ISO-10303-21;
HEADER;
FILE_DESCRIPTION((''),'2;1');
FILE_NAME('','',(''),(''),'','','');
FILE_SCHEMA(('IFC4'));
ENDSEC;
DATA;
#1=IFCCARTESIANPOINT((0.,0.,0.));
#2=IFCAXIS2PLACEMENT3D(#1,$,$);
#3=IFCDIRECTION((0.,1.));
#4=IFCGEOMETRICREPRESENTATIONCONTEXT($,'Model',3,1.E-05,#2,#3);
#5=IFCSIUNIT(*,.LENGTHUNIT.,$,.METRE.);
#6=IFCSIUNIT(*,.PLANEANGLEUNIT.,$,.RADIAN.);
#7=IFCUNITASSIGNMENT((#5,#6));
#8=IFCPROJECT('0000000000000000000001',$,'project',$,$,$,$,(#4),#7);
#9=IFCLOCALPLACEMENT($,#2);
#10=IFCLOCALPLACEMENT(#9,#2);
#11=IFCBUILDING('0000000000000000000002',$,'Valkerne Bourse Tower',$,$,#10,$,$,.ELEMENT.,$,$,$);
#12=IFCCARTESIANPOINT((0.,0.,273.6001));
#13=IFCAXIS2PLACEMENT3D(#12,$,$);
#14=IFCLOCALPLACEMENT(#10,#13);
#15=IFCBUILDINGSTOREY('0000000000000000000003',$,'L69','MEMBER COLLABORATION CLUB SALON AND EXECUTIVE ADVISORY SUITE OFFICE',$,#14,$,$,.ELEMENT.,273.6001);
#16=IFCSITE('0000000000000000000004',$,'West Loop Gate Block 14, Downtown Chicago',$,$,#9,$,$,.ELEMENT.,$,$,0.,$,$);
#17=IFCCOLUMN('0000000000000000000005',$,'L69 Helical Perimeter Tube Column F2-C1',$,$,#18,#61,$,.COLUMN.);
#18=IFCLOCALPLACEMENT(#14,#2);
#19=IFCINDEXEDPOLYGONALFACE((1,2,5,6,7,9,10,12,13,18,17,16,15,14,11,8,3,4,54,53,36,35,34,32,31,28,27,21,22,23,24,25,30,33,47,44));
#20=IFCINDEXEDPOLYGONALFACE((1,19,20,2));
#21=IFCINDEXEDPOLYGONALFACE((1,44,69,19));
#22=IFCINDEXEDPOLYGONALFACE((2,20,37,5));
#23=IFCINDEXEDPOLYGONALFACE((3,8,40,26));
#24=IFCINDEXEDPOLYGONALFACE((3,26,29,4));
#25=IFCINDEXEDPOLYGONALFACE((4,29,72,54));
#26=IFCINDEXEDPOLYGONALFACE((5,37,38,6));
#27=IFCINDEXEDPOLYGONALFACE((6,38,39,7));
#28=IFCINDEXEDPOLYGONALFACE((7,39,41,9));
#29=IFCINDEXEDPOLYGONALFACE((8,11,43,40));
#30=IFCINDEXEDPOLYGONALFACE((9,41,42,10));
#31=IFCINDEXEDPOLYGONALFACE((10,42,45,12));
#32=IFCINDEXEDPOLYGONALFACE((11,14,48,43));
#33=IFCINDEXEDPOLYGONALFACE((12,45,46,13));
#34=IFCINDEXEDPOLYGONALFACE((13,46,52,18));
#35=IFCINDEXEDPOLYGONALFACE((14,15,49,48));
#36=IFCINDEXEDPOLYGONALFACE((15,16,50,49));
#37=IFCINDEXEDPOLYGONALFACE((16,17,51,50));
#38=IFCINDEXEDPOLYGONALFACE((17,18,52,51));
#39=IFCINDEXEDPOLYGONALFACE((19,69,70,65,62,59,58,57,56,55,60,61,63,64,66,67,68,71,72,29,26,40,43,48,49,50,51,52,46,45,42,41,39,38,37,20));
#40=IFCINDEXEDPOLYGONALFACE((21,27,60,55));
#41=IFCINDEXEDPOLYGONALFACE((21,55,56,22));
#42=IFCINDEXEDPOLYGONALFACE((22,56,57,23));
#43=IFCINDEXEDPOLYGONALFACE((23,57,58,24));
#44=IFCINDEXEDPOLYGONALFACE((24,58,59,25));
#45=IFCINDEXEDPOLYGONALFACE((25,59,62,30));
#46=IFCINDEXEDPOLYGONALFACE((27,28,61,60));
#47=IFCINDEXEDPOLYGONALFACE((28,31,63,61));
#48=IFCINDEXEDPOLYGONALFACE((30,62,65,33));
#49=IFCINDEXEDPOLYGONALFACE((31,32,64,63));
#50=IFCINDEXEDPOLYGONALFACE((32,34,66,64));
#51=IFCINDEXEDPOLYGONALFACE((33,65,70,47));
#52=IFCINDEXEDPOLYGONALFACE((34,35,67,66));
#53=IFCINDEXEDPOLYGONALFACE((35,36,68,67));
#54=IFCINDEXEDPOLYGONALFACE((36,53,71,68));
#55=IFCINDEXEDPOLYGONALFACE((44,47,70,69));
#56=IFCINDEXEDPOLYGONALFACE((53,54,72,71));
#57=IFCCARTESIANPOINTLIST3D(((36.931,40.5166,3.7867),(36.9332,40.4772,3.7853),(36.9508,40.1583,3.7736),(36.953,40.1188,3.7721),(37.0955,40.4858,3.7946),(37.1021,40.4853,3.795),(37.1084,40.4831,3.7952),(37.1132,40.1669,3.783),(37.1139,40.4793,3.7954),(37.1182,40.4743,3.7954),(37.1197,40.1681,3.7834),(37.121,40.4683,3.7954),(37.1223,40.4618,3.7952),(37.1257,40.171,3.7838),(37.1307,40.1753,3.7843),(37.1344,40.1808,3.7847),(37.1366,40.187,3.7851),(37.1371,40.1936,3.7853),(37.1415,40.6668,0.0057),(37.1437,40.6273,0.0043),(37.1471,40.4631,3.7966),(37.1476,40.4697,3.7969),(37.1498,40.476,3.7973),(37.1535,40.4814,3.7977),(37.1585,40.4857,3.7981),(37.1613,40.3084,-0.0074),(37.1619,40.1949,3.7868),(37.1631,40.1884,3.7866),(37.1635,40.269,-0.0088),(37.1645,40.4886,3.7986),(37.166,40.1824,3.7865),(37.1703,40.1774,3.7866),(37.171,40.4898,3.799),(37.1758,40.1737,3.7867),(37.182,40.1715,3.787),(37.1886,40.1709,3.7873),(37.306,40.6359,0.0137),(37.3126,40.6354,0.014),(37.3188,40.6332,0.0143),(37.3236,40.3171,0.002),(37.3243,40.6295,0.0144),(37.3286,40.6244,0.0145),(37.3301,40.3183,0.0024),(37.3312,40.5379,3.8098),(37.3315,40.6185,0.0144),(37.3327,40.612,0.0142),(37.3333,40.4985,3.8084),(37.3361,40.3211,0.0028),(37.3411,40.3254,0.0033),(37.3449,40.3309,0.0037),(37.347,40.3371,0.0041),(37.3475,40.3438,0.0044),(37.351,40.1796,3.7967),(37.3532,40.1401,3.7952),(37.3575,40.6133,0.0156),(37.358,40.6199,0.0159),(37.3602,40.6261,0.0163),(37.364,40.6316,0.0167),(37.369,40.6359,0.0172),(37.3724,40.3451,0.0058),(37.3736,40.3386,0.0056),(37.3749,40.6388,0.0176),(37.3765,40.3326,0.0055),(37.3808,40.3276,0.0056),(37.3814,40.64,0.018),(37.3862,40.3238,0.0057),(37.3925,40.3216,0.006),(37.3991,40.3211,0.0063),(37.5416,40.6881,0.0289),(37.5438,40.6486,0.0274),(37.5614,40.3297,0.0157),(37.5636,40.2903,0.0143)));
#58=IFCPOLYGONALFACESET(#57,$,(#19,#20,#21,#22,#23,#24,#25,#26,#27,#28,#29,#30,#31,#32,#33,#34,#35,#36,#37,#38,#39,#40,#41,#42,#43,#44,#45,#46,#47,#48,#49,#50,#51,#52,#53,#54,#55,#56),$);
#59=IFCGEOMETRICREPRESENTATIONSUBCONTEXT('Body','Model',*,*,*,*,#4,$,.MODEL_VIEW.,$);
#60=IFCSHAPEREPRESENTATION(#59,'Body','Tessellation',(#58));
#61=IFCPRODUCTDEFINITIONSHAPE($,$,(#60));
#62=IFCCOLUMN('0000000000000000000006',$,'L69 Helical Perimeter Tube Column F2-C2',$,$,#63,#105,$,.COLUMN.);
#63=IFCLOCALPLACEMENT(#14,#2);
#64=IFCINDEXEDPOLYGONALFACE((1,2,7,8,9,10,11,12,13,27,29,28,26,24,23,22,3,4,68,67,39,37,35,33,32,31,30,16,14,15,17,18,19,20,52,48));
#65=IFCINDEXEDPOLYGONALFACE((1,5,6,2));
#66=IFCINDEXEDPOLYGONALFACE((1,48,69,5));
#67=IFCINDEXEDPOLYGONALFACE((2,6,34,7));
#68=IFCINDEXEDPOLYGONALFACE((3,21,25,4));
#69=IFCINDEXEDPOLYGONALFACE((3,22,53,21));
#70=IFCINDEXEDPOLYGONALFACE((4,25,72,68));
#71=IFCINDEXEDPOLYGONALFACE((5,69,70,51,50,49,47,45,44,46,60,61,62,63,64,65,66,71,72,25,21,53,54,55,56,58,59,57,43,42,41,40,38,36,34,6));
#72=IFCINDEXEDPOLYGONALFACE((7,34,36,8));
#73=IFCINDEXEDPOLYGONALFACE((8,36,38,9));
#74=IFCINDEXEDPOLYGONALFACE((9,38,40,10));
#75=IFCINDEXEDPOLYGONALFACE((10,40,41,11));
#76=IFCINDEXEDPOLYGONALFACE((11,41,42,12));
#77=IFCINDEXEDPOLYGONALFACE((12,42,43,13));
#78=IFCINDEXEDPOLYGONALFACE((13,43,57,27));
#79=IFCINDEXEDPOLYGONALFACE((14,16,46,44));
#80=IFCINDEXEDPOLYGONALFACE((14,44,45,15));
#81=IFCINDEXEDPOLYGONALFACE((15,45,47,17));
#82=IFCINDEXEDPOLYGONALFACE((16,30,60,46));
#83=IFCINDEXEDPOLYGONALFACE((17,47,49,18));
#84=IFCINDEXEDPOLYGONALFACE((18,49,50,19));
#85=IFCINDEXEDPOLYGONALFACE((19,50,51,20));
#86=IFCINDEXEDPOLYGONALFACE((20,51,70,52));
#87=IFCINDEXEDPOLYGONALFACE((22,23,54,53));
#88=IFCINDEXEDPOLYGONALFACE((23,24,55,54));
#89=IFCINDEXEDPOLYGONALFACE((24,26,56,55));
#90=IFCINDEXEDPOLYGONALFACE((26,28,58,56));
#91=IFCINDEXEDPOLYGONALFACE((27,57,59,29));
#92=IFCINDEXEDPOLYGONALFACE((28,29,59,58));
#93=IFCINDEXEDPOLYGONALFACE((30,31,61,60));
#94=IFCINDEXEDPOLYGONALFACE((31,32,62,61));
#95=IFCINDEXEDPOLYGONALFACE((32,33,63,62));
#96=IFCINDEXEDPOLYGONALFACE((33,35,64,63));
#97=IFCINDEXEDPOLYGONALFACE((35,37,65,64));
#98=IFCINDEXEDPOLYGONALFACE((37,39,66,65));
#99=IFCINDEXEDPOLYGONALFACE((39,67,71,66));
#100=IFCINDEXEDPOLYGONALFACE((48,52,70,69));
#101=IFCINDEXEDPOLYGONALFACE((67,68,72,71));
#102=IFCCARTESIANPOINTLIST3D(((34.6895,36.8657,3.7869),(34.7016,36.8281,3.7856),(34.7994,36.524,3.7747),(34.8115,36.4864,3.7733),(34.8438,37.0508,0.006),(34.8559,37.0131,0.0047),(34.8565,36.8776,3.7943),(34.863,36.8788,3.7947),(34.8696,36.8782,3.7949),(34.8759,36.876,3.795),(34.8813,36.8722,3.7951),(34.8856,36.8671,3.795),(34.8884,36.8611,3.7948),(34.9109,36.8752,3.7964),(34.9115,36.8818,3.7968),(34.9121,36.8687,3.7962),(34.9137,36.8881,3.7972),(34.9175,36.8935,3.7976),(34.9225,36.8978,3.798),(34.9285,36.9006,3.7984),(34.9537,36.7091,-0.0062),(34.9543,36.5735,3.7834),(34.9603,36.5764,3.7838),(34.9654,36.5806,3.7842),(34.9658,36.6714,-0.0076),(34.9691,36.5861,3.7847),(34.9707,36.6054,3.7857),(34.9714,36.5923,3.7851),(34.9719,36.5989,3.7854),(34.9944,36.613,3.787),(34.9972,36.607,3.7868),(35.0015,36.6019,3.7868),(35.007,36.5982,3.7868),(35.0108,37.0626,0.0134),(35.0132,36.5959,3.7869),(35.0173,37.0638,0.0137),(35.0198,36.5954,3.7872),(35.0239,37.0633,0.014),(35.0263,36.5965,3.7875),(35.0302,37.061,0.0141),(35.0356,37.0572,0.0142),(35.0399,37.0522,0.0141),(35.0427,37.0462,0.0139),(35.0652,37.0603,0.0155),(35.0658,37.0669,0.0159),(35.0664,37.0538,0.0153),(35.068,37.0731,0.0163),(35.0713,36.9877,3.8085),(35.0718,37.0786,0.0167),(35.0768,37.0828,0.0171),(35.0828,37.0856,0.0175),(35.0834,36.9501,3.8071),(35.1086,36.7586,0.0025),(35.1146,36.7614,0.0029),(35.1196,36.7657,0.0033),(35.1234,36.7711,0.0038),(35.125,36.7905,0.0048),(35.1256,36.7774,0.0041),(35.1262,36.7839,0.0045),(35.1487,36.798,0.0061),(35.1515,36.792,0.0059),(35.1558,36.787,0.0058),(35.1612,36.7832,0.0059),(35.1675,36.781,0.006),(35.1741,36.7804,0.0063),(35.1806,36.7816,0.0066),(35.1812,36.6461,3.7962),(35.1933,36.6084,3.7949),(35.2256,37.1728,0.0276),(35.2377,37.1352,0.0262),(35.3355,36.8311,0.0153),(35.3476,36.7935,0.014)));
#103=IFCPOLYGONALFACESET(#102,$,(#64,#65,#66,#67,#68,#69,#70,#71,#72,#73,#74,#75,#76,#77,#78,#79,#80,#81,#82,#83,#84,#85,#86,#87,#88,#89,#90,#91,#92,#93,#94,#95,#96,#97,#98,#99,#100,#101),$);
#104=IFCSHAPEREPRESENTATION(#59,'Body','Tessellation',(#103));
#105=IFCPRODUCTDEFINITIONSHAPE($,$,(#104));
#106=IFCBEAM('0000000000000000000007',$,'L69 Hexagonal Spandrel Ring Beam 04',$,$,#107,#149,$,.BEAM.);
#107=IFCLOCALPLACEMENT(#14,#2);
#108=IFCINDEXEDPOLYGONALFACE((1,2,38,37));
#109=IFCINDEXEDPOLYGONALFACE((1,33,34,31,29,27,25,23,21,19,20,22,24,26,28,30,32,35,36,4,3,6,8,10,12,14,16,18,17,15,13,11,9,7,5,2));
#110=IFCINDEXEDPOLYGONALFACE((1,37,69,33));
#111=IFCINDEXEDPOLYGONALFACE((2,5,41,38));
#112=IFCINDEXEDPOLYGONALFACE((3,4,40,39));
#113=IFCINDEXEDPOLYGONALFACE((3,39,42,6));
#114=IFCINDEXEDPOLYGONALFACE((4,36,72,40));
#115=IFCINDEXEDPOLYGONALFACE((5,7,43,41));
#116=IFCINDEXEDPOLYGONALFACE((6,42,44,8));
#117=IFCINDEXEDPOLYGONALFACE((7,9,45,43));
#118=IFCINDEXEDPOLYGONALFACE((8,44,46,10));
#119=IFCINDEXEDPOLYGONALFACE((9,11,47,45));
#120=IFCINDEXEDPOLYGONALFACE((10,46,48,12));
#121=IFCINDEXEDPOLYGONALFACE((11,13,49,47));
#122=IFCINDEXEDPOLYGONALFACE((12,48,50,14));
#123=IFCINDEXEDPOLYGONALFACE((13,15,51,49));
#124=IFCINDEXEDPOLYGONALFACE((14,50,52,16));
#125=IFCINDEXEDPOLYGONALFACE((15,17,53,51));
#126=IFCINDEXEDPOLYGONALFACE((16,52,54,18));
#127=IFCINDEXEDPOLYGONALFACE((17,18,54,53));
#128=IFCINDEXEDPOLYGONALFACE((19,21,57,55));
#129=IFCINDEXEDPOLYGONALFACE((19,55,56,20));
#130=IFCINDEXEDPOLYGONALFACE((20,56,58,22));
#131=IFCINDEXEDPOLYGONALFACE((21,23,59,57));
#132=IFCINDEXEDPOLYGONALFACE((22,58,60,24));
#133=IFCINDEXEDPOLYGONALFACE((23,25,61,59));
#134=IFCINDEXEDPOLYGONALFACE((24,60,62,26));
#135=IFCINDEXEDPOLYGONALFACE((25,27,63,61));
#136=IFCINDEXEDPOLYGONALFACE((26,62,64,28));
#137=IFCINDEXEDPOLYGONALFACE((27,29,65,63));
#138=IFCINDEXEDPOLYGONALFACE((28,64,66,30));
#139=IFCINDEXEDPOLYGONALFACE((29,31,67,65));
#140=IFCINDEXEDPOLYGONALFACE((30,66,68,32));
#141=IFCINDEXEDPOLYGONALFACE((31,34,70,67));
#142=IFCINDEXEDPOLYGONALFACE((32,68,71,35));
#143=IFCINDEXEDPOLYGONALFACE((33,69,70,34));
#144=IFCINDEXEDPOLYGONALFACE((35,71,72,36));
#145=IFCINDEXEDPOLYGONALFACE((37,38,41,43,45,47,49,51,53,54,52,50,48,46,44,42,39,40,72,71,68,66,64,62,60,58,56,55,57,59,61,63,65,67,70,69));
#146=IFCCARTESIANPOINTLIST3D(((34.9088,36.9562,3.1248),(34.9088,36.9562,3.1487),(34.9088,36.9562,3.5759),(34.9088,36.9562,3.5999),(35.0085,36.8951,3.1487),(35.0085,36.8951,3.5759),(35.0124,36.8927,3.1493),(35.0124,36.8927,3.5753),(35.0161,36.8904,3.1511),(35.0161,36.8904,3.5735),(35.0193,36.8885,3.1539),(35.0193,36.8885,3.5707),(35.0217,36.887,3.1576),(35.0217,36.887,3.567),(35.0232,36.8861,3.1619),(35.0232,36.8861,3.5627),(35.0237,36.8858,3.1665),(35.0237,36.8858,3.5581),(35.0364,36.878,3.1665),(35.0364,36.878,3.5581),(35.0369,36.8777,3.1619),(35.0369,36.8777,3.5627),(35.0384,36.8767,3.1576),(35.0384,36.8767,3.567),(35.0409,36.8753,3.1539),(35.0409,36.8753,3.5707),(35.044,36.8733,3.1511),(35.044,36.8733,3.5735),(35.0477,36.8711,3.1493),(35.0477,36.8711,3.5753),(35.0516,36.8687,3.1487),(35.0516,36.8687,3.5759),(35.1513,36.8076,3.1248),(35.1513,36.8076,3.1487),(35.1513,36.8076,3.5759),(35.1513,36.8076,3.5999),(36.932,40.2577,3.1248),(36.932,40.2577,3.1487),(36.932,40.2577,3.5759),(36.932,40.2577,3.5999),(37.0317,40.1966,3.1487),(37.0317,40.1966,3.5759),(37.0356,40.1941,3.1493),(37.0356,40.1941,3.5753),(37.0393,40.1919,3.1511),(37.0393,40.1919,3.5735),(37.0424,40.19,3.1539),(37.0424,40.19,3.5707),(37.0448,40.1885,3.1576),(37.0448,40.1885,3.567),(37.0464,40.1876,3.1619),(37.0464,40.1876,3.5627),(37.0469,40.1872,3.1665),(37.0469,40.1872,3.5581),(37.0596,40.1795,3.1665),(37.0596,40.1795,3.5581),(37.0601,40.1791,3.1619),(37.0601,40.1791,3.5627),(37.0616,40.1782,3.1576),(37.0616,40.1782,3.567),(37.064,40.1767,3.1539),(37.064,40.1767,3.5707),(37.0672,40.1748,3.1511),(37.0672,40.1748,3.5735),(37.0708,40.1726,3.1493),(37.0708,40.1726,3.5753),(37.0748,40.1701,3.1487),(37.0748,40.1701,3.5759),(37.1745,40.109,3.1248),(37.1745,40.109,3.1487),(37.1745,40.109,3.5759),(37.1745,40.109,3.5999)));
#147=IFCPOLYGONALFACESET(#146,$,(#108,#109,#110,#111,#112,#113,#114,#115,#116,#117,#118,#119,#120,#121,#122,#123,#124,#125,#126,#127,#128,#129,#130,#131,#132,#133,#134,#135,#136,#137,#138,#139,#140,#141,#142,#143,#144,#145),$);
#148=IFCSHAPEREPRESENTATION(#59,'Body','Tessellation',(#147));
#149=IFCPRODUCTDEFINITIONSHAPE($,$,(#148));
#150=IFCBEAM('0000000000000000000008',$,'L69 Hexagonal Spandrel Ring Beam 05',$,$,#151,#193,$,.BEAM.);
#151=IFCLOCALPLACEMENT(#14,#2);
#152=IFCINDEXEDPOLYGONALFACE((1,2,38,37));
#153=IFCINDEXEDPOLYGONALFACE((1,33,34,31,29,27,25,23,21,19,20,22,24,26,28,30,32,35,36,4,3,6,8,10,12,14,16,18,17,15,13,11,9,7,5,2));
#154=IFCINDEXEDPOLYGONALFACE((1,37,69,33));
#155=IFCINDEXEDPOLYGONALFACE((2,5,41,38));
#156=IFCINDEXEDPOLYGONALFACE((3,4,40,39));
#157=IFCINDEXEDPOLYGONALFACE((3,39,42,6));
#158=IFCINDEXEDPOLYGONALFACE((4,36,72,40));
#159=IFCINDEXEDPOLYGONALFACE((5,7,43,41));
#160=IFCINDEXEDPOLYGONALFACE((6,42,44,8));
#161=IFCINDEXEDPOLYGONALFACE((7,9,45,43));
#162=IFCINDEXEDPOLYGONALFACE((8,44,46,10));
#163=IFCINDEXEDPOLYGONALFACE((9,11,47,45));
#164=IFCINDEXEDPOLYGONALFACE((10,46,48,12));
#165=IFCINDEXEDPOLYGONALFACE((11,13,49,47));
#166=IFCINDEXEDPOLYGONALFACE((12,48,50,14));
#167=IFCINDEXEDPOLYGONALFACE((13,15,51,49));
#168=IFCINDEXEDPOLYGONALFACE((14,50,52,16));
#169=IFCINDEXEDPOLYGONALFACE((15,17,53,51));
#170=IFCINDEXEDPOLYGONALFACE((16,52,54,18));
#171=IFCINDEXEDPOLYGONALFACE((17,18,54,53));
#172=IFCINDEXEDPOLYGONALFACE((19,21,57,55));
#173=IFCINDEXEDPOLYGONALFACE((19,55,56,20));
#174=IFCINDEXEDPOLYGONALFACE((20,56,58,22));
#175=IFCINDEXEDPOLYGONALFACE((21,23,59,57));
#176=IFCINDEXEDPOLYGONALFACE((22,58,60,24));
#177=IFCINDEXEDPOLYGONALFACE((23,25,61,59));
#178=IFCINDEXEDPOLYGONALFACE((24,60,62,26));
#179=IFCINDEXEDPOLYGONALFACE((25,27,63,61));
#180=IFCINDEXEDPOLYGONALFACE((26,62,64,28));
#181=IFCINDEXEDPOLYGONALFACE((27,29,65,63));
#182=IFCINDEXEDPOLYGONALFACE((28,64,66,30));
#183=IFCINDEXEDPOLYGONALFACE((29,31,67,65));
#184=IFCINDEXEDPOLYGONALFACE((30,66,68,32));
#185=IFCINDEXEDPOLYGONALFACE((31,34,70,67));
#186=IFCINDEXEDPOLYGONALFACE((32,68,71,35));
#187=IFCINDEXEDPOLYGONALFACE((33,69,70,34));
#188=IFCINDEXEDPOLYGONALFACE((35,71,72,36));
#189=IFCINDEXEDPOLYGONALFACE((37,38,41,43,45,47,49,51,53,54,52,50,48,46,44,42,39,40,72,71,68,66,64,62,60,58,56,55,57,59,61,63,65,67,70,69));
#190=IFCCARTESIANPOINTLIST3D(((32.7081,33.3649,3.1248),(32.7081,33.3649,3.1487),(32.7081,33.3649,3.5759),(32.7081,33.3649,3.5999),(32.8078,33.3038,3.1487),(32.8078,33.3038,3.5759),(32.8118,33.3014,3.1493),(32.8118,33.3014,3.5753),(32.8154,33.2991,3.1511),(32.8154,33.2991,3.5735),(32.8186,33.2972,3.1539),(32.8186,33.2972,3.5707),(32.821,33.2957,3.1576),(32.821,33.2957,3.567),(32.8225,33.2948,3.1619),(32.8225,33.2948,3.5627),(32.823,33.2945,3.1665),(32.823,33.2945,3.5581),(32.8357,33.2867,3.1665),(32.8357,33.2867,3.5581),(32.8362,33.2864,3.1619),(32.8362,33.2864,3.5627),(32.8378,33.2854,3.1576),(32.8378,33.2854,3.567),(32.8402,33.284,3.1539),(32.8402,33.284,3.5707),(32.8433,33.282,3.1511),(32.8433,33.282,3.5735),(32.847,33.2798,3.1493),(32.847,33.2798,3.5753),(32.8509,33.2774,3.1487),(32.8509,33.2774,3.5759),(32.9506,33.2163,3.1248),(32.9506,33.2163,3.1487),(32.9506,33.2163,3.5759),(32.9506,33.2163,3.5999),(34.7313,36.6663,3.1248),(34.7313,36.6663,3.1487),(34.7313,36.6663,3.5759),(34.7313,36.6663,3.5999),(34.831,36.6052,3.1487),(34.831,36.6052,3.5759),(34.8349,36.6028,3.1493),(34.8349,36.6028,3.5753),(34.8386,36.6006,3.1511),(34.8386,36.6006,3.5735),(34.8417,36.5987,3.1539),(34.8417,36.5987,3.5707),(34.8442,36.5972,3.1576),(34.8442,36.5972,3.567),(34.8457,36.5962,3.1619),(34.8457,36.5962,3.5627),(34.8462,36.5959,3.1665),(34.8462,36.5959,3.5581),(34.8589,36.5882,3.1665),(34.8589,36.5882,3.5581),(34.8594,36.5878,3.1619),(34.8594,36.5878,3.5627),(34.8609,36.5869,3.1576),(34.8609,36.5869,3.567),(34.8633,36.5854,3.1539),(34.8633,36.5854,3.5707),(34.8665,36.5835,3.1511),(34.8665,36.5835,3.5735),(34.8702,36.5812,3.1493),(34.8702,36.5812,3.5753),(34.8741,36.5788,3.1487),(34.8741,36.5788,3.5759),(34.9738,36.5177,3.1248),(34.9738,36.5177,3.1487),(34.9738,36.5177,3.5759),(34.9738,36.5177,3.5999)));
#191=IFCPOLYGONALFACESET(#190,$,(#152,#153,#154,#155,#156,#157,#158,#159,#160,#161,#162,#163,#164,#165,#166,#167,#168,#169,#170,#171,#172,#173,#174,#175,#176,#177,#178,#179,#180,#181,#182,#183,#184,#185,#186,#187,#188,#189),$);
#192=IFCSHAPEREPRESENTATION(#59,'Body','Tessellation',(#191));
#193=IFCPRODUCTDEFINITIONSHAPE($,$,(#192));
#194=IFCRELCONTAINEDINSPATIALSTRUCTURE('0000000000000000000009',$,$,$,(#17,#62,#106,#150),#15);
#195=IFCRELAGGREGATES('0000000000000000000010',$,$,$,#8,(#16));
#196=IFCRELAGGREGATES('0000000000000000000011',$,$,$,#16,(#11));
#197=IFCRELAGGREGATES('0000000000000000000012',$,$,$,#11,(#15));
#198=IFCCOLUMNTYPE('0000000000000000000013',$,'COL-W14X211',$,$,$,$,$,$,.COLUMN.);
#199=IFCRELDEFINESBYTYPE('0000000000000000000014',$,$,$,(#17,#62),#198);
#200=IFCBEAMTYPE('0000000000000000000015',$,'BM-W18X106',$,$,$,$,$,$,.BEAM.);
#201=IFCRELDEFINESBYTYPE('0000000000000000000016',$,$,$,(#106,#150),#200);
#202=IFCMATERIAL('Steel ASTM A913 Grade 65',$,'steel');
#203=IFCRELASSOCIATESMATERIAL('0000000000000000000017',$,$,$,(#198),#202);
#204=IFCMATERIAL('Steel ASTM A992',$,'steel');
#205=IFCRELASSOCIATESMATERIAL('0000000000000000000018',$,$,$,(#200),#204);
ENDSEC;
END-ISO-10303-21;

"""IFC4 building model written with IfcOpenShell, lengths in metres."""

from ifc_helpers import new_model, si_unit, direction, frame, origin, origin_2d, place, context, subcontext, project, spatial, i_section, extrude, material, material_profile, profile_set, type_object, element, save


model = new_model("IFC4")

# Units and contexts
model_context = context("Model", 3, precision=1e-05, world=origin(), true_north=direction((0.0, 1.0)))
body_context = subcontext(model_context, "Body", "Model", "MODEL_VIEW")
ifc_project = project(units=[si_unit("LENGTHUNIT", "METRE"), si_unit("PLANEANGLEUNIT", "RADIAN")], contexts=[model_context])

# Site, building, storey
site_placement = place(None, origin())
site = spatial("IfcSite", under=ifc_project, at=site_placement, Name="West Loop Gate Block 14, Downtown Chicago", CompositionType="ELEMENT", RefElevation=0.0)
building_placement = place(site_placement, origin())
building = spatial("IfcBuilding", under=site, at=building_placement, Name="Valkerne Bourse Tower", CompositionType="ELEMENT")
storey_placement = place(building_placement, frame((0.0, 0.0, 273.6001)))
storey = spatial("IfcBuildingStorey", under=building, at=storey_placement, Name="L69", Description="MEMBER COLLABORATION CLUB SALON AND EXECUTIVE ADVISORY SUITE OFFICE", CompositionType="ELEMENT", Elevation=273.6001)

# Columns
ifc_material_1 = material(Name="Steel ASTM A913 Grade 65", Category="steel")
ifc_material_profile_1 = material_profile(ifc_material_1, i_section(OverallWidth=0.4014, OverallDepth=0.3987, WebThickness=0.0249, FlangeThickness=0.0396, FilletRadius=0.0254, at=origin_2d()), Name="W14X211")
ifc_profile_set_1 = profile_set([ifc_material_profile_1], Name="Steel ASTM A913 Grade 65")
column_type = type_object("IfcColumnType", Name="COL-W14X211", PredefinedType="COLUMN", material=ifc_profile_set_1)
column_1_placement = place(storey_placement, frame((37.3525, 40.4785, 0.01), z_axis=(-0.05553, -0.039618, 0.997671), x_axis=(-0.99693, -0.053045, -0.057595)))
element("IfcColumn", 1, at=column_1_placement, inside=storey, type_object=column_type, Name="L69 Helical Perimeter Tube Column F2-C1", PredefinedType="COLUMN", context=body_context, shape_type="SweptSolid", body=[
    extrude(i_section(OverallWidth=0.4014, OverallDepth=0.3987, WebThickness=0.0249, FlangeThickness=0.0396, FilletRadius=0.0254, at=origin_2d()), origin(), (0.0, 0.0, 1.0), 3.7898),
])
column_2_placement = place(storey_placement, frame((35.0957, 36.9221, 0.01), z_axis=(-0.040726, -0.048845, 0.997976), x_axis=(-0.951144, -0.304043, -0.053696)))
element("IfcColumn", 2, at=column_2_placement, inside=storey, type_object=column_type, Name="L69 Helical Perimeter Tube Column F2-C2", PredefinedType="COLUMN", context=body_context, shape_type="SweptSolid", body=[
    extrude(i_section(OverallWidth=0.4014, OverallDepth=0.3987, WebThickness=0.0249, FlangeThickness=0.0396, FilletRadius=0.0254, at=origin_2d()), origin(), (0.0, 0.0, 1.0), 3.7886),
])

# Beams
ifc_material_2 = material(Name="Steel ASTM A992", Category="steel")
ifc_material_profile_2 = material_profile(ifc_material_2, i_section(OverallWidth=0.2844, OverallDepth=0.4751, WebThickness=0.0149, FlangeThickness=0.0239, FilletRadius=0.0178, at=origin_2d()), Name="W18X106")
ifc_profile_set_2 = profile_set([ifc_material_profile_2], Name="Steel ASTM A992")
beam_type_1 = type_object("IfcBeamType", Name="BM-W18X106", PredefinedType="BEAM", material=ifc_profile_set_2)
for number, where, z_axis, x_axis, name in (
    (3, (37.0532, 40.1833, 3.3623), (-0.522503, -0.852637, 0.0), (0.852637, -0.522503, 0.0), "L69 Hexagonal Spandrel Ring Beam 04"),
    (4, (34.8525, 36.592, 3.3623), (-0.522503, -0.852637, 0.0), (0.852637, -0.522503, 0.0), "L69 Hexagonal Spandrel Ring Beam 05"),
):
    element("IfcBeam", number, at=place(storey_placement, frame(where, z_axis=z_axis, x_axis=x_axis)), inside=storey, type_object=beam_type_1, Name=name, PredefinedType="BEAM", context=body_context, shape_type="SweptSolid", body=[
        extrude(i_section(OverallWidth=0.2844, OverallDepth=0.4751, WebThickness=0.0149, FlangeThickness=0.0239, FilletRadius=0.0178, at=origin_2d()), origin(), (0.0, 0.0, 1.0), 3.8721),
    ])

save(model, "model.ifc")
